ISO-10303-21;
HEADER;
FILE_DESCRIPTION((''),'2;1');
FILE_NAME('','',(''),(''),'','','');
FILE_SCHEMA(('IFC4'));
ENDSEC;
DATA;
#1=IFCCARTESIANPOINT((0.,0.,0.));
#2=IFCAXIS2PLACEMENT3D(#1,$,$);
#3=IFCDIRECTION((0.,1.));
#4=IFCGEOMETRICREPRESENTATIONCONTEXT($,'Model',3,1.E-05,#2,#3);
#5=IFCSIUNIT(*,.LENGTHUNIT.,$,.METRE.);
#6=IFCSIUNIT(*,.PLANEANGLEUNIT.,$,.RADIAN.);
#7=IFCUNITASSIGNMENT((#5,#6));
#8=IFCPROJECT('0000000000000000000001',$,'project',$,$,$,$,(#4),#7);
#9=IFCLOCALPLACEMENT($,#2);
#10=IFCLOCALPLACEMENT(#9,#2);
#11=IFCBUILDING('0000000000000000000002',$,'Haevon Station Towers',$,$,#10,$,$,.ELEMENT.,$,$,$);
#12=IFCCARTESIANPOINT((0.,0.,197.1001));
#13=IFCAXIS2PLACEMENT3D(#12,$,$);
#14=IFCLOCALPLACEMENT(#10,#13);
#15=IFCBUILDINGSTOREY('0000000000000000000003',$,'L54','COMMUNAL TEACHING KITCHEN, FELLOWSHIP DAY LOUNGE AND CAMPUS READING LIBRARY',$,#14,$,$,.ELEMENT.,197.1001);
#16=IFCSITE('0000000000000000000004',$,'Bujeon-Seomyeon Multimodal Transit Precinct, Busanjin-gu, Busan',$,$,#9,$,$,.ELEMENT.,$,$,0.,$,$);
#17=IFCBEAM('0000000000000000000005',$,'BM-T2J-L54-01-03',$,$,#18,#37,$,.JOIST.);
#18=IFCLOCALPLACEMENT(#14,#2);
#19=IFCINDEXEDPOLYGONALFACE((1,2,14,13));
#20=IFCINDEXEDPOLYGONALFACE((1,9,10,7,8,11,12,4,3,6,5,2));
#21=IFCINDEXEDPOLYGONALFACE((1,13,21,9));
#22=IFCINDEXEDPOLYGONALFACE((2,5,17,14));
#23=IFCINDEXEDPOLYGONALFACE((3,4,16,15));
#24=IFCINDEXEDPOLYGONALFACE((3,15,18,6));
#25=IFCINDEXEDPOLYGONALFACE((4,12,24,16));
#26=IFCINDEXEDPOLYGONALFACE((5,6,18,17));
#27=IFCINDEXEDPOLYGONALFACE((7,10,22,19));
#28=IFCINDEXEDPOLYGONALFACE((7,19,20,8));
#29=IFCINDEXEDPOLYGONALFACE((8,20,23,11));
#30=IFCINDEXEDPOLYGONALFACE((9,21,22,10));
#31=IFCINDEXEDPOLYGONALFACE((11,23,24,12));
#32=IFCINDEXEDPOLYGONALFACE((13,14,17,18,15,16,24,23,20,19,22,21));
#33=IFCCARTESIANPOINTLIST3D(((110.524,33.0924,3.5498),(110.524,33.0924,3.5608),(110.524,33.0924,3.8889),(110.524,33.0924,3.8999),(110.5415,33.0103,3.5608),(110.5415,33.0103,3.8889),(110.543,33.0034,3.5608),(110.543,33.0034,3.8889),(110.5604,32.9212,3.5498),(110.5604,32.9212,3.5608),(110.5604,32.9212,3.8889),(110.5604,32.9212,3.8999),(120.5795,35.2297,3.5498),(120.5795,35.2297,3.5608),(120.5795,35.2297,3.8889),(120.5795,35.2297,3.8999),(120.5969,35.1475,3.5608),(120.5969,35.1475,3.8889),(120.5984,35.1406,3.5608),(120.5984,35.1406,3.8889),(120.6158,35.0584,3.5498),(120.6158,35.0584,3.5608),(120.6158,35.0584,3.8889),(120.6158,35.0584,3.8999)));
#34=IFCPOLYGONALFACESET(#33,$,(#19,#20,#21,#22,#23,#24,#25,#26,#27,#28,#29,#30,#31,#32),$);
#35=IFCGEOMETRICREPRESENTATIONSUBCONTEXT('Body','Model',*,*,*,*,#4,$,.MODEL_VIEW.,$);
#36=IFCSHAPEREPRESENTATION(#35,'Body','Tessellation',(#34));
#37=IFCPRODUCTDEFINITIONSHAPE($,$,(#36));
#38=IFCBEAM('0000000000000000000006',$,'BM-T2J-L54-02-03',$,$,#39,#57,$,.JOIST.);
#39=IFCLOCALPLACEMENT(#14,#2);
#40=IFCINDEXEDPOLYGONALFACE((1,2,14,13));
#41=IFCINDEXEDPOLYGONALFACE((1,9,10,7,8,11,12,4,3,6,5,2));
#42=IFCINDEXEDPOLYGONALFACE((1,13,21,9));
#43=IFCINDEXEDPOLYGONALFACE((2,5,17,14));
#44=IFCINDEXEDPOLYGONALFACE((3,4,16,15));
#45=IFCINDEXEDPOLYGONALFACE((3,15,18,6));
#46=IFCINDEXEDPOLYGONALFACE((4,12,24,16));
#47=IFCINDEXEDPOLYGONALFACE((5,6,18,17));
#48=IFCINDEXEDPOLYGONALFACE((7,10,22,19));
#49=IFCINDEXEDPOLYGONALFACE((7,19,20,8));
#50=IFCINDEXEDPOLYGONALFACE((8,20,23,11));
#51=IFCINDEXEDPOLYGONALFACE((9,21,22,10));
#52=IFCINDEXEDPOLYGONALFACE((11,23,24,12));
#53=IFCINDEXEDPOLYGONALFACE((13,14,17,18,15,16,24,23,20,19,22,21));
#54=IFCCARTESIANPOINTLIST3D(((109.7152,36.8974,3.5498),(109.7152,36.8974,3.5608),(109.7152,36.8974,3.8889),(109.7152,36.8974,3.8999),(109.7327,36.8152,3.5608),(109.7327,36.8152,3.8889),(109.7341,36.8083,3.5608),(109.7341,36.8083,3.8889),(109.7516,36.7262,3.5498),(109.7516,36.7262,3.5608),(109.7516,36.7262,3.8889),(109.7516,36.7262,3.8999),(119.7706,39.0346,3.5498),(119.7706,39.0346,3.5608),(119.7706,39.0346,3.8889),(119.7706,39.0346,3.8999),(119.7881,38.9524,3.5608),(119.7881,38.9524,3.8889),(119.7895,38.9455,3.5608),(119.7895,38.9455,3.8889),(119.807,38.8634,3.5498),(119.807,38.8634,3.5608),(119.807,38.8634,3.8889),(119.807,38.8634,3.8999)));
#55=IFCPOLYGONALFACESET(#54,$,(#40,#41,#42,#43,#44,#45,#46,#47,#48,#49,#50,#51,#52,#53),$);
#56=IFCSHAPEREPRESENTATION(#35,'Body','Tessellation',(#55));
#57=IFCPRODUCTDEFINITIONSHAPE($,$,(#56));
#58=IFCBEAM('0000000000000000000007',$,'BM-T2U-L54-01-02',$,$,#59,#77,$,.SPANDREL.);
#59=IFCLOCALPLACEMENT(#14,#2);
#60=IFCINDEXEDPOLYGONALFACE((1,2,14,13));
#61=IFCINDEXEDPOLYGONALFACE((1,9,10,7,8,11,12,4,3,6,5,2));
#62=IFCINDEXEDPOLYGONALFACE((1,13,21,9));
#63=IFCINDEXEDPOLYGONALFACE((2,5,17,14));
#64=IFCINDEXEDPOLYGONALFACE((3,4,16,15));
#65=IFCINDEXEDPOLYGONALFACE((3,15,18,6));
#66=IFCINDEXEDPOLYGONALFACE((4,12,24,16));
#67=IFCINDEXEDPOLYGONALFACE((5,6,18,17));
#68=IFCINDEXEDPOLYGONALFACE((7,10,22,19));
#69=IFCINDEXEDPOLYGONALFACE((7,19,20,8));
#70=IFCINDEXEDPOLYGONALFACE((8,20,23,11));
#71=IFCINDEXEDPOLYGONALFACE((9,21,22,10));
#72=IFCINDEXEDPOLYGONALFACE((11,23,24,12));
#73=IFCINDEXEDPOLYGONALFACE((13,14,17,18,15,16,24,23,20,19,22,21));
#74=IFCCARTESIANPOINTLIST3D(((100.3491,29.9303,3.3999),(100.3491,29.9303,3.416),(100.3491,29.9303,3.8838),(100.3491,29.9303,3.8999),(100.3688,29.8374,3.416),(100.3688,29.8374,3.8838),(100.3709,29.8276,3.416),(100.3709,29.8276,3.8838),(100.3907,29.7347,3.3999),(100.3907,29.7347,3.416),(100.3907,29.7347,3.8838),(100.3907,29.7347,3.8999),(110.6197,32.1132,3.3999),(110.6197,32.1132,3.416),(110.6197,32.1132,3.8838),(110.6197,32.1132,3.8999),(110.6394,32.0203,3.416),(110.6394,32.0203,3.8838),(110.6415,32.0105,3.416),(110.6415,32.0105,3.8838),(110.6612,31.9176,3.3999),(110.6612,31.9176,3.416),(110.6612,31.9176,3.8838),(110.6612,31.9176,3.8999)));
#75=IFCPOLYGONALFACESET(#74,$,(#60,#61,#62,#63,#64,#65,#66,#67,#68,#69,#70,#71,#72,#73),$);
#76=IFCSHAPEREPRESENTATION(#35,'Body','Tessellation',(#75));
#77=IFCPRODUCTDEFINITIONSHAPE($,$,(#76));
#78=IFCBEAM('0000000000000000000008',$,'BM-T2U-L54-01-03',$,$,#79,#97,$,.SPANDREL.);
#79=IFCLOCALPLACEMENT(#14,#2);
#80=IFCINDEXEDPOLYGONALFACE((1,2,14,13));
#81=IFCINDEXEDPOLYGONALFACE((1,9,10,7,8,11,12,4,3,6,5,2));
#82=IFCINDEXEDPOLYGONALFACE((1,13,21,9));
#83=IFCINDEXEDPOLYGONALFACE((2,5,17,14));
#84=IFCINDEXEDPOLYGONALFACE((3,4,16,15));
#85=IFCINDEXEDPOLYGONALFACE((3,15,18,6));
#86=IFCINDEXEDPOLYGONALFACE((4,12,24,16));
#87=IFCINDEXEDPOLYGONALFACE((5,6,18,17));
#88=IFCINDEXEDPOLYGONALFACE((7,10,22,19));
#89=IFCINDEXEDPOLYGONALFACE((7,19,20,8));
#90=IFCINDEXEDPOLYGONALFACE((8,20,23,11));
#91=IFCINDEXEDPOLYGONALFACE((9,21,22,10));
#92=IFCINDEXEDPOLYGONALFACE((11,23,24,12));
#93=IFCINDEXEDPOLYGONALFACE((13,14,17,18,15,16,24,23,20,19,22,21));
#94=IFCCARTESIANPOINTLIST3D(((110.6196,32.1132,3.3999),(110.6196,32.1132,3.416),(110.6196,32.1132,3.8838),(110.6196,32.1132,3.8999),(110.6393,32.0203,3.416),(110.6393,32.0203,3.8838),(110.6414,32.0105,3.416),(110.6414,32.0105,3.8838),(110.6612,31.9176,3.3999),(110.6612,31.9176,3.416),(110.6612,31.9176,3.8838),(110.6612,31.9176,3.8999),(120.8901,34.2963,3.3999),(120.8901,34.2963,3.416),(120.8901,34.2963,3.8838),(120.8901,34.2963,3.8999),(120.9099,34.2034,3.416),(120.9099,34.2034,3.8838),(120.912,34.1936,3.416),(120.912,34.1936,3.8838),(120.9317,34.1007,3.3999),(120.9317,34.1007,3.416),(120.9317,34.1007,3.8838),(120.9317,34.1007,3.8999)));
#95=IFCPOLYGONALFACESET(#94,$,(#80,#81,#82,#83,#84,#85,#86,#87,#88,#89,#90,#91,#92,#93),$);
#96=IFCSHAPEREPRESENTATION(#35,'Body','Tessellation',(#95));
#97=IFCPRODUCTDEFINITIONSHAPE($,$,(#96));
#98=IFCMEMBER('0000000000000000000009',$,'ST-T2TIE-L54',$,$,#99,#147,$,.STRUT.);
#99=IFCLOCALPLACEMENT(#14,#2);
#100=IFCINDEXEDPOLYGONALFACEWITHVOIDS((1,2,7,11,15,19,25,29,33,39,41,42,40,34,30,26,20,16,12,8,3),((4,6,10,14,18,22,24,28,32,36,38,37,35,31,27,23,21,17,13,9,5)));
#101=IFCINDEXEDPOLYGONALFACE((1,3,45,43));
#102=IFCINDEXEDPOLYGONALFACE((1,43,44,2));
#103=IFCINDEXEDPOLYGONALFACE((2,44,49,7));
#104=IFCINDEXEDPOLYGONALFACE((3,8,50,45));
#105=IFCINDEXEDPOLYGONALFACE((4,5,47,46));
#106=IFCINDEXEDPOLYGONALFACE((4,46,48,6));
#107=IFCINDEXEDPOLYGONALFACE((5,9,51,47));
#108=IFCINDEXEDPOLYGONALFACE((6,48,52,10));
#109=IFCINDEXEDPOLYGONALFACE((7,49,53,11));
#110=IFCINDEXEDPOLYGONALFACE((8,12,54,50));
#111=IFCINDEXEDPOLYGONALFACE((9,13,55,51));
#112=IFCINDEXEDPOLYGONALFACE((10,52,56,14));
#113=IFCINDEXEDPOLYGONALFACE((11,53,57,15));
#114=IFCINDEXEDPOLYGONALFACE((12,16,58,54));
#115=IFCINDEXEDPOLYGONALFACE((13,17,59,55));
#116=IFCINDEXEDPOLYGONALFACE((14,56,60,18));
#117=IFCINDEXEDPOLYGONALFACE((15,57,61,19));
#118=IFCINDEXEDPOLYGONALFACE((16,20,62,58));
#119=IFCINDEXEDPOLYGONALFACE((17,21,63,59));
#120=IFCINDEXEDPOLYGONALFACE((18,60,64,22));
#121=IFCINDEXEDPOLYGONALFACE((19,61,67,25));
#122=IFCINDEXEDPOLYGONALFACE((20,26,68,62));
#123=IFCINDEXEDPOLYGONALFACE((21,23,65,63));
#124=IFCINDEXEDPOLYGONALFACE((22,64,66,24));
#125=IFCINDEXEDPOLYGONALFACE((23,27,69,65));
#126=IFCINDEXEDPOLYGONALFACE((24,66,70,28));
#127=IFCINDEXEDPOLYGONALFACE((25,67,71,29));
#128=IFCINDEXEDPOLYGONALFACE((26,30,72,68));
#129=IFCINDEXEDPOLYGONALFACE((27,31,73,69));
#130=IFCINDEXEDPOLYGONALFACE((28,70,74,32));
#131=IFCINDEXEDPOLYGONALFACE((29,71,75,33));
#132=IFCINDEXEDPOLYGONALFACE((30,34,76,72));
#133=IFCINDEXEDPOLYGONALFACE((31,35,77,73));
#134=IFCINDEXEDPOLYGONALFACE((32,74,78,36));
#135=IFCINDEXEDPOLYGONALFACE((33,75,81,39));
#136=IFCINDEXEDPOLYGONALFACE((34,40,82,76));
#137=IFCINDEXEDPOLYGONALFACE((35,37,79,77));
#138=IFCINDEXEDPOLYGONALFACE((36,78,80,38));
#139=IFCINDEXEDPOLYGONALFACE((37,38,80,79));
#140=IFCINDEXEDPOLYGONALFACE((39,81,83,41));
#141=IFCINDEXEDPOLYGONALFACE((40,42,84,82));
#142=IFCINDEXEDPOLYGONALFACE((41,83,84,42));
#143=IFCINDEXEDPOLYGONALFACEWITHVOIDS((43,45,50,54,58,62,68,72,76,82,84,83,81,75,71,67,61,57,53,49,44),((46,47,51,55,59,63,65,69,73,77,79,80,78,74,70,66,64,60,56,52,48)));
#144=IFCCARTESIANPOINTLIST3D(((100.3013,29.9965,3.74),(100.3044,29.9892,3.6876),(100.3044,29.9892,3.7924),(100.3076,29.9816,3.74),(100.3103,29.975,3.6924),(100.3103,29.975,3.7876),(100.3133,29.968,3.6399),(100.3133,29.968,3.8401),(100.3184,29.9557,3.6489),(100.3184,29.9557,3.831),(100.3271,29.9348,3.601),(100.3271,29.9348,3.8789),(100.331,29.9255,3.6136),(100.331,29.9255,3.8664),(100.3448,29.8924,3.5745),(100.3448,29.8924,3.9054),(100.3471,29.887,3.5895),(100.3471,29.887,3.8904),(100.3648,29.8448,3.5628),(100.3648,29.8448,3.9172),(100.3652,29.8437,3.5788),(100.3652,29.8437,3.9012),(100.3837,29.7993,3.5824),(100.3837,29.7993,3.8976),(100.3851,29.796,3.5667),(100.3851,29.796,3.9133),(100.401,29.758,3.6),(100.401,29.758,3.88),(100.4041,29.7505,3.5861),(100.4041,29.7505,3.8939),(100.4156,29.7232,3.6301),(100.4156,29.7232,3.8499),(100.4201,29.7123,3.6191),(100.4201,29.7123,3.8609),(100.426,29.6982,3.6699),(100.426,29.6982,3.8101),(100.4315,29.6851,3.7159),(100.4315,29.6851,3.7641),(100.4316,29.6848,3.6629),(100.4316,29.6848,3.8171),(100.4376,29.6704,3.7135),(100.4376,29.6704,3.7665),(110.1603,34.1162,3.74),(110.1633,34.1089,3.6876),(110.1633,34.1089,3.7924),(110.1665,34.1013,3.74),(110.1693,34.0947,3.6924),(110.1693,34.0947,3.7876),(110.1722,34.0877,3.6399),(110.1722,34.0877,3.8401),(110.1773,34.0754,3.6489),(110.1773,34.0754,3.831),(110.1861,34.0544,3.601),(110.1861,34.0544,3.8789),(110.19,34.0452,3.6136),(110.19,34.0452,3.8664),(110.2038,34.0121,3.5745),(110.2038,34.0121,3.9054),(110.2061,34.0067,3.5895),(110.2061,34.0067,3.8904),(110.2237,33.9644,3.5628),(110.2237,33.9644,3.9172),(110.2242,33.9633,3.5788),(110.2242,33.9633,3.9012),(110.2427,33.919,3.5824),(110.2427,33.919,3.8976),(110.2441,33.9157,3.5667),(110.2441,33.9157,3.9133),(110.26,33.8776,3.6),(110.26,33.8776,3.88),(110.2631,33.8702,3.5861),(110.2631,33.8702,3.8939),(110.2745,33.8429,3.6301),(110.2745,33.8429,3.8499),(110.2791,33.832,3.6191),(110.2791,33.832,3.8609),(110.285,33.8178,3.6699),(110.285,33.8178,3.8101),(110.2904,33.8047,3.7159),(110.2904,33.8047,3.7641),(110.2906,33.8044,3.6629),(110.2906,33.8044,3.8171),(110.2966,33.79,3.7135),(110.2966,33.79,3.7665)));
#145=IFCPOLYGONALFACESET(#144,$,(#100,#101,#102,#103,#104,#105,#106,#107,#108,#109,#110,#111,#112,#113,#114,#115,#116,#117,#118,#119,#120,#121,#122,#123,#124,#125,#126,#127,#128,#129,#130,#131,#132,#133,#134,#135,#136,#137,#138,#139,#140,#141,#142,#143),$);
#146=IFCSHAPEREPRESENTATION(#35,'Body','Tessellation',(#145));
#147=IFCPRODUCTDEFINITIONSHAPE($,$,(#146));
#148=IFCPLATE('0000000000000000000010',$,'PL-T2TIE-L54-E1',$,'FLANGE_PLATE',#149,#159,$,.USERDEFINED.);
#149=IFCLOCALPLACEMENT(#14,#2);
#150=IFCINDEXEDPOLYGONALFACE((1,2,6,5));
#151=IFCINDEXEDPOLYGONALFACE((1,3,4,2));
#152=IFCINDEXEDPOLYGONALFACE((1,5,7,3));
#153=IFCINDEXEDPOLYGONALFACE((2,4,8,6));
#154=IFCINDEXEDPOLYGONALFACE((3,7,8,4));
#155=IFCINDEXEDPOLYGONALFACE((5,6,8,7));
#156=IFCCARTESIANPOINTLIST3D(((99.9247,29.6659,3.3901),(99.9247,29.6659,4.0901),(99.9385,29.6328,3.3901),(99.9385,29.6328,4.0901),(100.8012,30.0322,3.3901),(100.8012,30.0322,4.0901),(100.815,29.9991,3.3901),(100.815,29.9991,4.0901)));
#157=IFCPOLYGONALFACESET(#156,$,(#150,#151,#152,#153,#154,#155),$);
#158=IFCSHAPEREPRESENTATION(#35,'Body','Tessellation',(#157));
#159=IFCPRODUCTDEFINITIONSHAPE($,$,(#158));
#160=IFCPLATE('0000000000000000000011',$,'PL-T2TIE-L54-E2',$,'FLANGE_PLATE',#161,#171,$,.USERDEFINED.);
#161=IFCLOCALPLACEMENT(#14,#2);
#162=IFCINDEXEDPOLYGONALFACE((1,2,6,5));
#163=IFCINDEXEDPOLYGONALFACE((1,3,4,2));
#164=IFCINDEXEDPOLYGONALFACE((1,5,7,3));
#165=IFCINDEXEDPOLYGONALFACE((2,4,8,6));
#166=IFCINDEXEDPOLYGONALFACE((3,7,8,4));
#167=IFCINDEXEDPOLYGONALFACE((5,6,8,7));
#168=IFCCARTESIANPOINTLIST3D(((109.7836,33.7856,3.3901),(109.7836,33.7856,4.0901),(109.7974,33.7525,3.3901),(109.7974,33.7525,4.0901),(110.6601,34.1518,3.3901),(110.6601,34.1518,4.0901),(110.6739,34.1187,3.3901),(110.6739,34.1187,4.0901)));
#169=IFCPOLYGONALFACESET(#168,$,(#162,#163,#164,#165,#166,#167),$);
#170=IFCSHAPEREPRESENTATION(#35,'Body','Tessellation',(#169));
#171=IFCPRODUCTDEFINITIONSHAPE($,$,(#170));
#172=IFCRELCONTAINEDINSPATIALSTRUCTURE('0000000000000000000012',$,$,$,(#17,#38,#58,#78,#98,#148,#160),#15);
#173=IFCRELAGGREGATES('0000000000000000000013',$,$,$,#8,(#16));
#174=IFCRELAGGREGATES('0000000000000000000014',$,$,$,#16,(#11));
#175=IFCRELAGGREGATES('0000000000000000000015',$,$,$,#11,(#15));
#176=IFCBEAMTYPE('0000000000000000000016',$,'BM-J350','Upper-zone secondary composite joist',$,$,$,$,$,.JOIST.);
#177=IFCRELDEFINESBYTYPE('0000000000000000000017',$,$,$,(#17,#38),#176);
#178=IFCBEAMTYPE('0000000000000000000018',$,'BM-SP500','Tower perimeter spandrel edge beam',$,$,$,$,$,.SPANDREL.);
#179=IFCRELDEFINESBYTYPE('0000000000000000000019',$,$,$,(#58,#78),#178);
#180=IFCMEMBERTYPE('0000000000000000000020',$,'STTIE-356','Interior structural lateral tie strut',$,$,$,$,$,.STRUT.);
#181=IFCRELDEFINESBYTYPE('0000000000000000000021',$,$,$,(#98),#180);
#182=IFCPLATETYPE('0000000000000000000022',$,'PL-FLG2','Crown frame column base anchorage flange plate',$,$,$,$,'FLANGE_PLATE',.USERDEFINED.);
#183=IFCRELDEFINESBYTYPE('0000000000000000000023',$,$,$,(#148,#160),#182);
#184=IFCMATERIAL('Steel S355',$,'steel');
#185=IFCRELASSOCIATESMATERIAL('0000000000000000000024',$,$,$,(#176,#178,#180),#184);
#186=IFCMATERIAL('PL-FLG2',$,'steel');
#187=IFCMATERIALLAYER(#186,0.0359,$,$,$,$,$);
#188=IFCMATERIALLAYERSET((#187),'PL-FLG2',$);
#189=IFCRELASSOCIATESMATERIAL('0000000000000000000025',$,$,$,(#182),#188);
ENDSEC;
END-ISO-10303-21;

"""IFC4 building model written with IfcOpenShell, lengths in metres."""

from ifc_helpers import new_model, si_unit, direction, frame, origin, origin_2d, place, context, subcontext, project, spatial, rectangle, hollow_circle, i_section, extrude, material, layer, layer_set, material_profile, profile_set, type_object, element, save


model = new_model("IFC4")

# Units and contexts
model_context = context("Model", 3, precision=1e-05, world=origin(), true_north=direction((0.0, 1.0)))
body_context = subcontext(model_context, "Body", "Model", "MODEL_VIEW")
ifc_project = project(units=[si_unit("LENGTHUNIT", "METRE"), si_unit("PLANEANGLEUNIT", "RADIAN")], contexts=[model_context])

# Site, building, storey
site_placement = place(None, origin())
site = spatial("IfcSite", under=ifc_project, at=site_placement, Name="Bujeon-Seomyeon Multimodal Transit Precinct, Busanjin-gu, Busan", CompositionType="ELEMENT", RefElevation=0.0)
building_placement = place(site_placement, origin())
building = spatial("IfcBuilding", under=site, at=building_placement, Name="Haevon Station Towers", CompositionType="ELEMENT")
storey_placement = place(building_placement, frame((0.0, 0.0, 197.1001)))
storey = spatial("IfcBuildingStorey", under=building, at=storey_placement, Name="L54", Description="COMMUNAL TEACHING KITCHEN, FELLOWSHIP DAY LOUNGE AND CAMPUS READING LIBRARY", CompositionType="ELEMENT", Elevation=197.1001)

# Shared definitions
ifc_material_1 = material(Name="Steel S355", Category="steel")

# Beams
ifc_material_profile_1 = material_profile(ifc_material_1, i_section(OverallWidth=0.175, OverallDepth=0.3501, WebThickness=0.0071, FlangeThickness=0.011, at=origin_2d()), Name="H-350x175x7x11")
ifc_profile_set_1 = profile_set([ifc_material_profile_1], Name="Steel S355")
beam_type_1 = type_object("IfcBeamType", Name="BM-J350", Description="Upper-zone secondary composite joist", PredefinedType="JOIST", material=ifc_profile_set_1)
for number, where, z_axis, x_axis, name in (
    (1, (110.5422, 33.0068, 3.7249), (0.97815, 0.207899, 0.0), (-0.207899, 0.97815, 0.0), "BM-T2J-L54-01-03"),
    (2, (109.7334, 36.8118, 3.7249), (0.97815, 0.207899, 0.0), (-0.207899, 0.97815, 0.0), "BM-T2J-L54-02-03"),
):
    element("IfcBeam", number, at=place(storey_placement, frame(where, z_axis=z_axis, x_axis=x_axis)), inside=storey, type_object=beam_type_1, Name=name, PredefinedType="JOIST", context=body_context, shape_type="SweptSolid", body=[
        extrude(i_section(OverallWidth=0.175, OverallDepth=0.3501, WebThickness=0.0071, FlangeThickness=0.011, at=origin_2d()), origin(), (0.0, 0.0, 1.0), 10.28),
    ])
ifc_material_profile_2 = material_profile(ifc_material_1, i_section(OverallWidth=0.2, OverallDepth=0.5, WebThickness=0.01, FlangeThickness=0.0161, at=origin_2d()), Name="H-500x200x10x16")
ifc_profile_set_2 = profile_set([ifc_material_profile_2], Name="Steel S355")
beam_type_2 = type_object("IfcBeamType", Name="BM-SP500", Description="Tower perimeter spandrel edge beam", PredefinedType="SPANDREL", material=ifc_profile_set_2)
for number, where, z_axis, x_axis, name in (
    (3, (100.3699, 29.8325, 3.6499), (0.978152, 0.207893, 0.0), (-0.207893, 0.978152, 0.0), "BM-T2U-L54-01-02"),
    (4, (110.6404, 32.0154, 3.6499), (0.978147, 0.207915, 0.0), (-0.207915, 0.978147, 0.0), "BM-T2U-L54-01-03"),
):
    element("IfcBeam", number, at=place(storey_placement, frame(where, z_axis=z_axis, x_axis=x_axis)), inside=storey, type_object=beam_type_2, Name=name, PredefinedType="SPANDREL", context=body_context, shape_type="SweptSolid", body=[
        extrude(i_section(OverallWidth=0.2, OverallDepth=0.5, WebThickness=0.01, FlangeThickness=0.0161, at=origin_2d()), origin(), (0.0, 0.0, 1.0), 10.5),
    ])

# Member
ifc_material_profile_3 = material_profile(ifc_material_1, hollow_circle(Radius=0.1777, WallThickness=0.0161, at=origin_2d()), Name="CHS-355.6x16")
ifc_profile_set_3 = profile_set([ifc_material_profile_3], Name="Steel S355")
member_type = type_object("IfcMemberType", Name="STTIE-356", Description="Interior structural lateral tie strut", PredefinedType="STRUT", material=ifc_profile_set_3)
member_placement = place(storey_placement, frame((100.3699, 29.8325, 3.74), z_axis=(0.922686, 0.385553, 0.0), x_axis=(-0.385553, 0.922686, 0.0)))
element("IfcMember", 5, at=member_placement, inside=storey, type_object=member_type, Name="ST-T2TIE-L54", PredefinedType="STRUT", context=body_context, shape_type="SweptSolid", body=[
    extrude(hollow_circle(Radius=0.1777, WallThickness=0.0161, at=origin_2d()), origin(), (0.0, 0.0, 1.0), 10.6851),
])

# Plates
ifc_material_2 = material(Name="PL-FLG2", Category="steel")
ifc_layer_1 = layer(ifc_material_2, 0.0359)
ifc_layer_set_1 = layer_set([ifc_layer_1], Name="PL-FLG2")
plate_type = type_object("IfcPlateType", Name="PL-FLG2", Description="Crown frame column base anchorage flange plate", ElementType="FLANGE_PLATE", PredefinedType="USERDEFINED", material=ifc_layer_set_1)
for number, where, z_axis, x_axis, name in (
    (6, (100.3699, 29.8325, 3.3901), (0.0, 0.0, 1.0), (0.92268, 0.385566, 0.0), "PL-T2TIE-L54-E1"),
    (7, (110.2288, 33.9521, 3.3901), (0.0, 0.0, 1.0), (0.92268, 0.385566, 0.0), "PL-T2TIE-L54-E2"),
):
    element("IfcPlate", number, at=place(storey_placement, frame(where, z_axis=z_axis, x_axis=x_axis)), inside=storey, type_object=plate_type, Name=name, ObjectType="FLANGE_PLATE", PredefinedType="USERDEFINED", context=body_context, shape_type="SweptSolid", body=[
        extrude(rectangle(XDim=0.95, YDim=0.0359, at=origin_2d()), origin(), (0.0, 0.0, 1.0), 0.7),
    ])

save(model, "model.ifc")
